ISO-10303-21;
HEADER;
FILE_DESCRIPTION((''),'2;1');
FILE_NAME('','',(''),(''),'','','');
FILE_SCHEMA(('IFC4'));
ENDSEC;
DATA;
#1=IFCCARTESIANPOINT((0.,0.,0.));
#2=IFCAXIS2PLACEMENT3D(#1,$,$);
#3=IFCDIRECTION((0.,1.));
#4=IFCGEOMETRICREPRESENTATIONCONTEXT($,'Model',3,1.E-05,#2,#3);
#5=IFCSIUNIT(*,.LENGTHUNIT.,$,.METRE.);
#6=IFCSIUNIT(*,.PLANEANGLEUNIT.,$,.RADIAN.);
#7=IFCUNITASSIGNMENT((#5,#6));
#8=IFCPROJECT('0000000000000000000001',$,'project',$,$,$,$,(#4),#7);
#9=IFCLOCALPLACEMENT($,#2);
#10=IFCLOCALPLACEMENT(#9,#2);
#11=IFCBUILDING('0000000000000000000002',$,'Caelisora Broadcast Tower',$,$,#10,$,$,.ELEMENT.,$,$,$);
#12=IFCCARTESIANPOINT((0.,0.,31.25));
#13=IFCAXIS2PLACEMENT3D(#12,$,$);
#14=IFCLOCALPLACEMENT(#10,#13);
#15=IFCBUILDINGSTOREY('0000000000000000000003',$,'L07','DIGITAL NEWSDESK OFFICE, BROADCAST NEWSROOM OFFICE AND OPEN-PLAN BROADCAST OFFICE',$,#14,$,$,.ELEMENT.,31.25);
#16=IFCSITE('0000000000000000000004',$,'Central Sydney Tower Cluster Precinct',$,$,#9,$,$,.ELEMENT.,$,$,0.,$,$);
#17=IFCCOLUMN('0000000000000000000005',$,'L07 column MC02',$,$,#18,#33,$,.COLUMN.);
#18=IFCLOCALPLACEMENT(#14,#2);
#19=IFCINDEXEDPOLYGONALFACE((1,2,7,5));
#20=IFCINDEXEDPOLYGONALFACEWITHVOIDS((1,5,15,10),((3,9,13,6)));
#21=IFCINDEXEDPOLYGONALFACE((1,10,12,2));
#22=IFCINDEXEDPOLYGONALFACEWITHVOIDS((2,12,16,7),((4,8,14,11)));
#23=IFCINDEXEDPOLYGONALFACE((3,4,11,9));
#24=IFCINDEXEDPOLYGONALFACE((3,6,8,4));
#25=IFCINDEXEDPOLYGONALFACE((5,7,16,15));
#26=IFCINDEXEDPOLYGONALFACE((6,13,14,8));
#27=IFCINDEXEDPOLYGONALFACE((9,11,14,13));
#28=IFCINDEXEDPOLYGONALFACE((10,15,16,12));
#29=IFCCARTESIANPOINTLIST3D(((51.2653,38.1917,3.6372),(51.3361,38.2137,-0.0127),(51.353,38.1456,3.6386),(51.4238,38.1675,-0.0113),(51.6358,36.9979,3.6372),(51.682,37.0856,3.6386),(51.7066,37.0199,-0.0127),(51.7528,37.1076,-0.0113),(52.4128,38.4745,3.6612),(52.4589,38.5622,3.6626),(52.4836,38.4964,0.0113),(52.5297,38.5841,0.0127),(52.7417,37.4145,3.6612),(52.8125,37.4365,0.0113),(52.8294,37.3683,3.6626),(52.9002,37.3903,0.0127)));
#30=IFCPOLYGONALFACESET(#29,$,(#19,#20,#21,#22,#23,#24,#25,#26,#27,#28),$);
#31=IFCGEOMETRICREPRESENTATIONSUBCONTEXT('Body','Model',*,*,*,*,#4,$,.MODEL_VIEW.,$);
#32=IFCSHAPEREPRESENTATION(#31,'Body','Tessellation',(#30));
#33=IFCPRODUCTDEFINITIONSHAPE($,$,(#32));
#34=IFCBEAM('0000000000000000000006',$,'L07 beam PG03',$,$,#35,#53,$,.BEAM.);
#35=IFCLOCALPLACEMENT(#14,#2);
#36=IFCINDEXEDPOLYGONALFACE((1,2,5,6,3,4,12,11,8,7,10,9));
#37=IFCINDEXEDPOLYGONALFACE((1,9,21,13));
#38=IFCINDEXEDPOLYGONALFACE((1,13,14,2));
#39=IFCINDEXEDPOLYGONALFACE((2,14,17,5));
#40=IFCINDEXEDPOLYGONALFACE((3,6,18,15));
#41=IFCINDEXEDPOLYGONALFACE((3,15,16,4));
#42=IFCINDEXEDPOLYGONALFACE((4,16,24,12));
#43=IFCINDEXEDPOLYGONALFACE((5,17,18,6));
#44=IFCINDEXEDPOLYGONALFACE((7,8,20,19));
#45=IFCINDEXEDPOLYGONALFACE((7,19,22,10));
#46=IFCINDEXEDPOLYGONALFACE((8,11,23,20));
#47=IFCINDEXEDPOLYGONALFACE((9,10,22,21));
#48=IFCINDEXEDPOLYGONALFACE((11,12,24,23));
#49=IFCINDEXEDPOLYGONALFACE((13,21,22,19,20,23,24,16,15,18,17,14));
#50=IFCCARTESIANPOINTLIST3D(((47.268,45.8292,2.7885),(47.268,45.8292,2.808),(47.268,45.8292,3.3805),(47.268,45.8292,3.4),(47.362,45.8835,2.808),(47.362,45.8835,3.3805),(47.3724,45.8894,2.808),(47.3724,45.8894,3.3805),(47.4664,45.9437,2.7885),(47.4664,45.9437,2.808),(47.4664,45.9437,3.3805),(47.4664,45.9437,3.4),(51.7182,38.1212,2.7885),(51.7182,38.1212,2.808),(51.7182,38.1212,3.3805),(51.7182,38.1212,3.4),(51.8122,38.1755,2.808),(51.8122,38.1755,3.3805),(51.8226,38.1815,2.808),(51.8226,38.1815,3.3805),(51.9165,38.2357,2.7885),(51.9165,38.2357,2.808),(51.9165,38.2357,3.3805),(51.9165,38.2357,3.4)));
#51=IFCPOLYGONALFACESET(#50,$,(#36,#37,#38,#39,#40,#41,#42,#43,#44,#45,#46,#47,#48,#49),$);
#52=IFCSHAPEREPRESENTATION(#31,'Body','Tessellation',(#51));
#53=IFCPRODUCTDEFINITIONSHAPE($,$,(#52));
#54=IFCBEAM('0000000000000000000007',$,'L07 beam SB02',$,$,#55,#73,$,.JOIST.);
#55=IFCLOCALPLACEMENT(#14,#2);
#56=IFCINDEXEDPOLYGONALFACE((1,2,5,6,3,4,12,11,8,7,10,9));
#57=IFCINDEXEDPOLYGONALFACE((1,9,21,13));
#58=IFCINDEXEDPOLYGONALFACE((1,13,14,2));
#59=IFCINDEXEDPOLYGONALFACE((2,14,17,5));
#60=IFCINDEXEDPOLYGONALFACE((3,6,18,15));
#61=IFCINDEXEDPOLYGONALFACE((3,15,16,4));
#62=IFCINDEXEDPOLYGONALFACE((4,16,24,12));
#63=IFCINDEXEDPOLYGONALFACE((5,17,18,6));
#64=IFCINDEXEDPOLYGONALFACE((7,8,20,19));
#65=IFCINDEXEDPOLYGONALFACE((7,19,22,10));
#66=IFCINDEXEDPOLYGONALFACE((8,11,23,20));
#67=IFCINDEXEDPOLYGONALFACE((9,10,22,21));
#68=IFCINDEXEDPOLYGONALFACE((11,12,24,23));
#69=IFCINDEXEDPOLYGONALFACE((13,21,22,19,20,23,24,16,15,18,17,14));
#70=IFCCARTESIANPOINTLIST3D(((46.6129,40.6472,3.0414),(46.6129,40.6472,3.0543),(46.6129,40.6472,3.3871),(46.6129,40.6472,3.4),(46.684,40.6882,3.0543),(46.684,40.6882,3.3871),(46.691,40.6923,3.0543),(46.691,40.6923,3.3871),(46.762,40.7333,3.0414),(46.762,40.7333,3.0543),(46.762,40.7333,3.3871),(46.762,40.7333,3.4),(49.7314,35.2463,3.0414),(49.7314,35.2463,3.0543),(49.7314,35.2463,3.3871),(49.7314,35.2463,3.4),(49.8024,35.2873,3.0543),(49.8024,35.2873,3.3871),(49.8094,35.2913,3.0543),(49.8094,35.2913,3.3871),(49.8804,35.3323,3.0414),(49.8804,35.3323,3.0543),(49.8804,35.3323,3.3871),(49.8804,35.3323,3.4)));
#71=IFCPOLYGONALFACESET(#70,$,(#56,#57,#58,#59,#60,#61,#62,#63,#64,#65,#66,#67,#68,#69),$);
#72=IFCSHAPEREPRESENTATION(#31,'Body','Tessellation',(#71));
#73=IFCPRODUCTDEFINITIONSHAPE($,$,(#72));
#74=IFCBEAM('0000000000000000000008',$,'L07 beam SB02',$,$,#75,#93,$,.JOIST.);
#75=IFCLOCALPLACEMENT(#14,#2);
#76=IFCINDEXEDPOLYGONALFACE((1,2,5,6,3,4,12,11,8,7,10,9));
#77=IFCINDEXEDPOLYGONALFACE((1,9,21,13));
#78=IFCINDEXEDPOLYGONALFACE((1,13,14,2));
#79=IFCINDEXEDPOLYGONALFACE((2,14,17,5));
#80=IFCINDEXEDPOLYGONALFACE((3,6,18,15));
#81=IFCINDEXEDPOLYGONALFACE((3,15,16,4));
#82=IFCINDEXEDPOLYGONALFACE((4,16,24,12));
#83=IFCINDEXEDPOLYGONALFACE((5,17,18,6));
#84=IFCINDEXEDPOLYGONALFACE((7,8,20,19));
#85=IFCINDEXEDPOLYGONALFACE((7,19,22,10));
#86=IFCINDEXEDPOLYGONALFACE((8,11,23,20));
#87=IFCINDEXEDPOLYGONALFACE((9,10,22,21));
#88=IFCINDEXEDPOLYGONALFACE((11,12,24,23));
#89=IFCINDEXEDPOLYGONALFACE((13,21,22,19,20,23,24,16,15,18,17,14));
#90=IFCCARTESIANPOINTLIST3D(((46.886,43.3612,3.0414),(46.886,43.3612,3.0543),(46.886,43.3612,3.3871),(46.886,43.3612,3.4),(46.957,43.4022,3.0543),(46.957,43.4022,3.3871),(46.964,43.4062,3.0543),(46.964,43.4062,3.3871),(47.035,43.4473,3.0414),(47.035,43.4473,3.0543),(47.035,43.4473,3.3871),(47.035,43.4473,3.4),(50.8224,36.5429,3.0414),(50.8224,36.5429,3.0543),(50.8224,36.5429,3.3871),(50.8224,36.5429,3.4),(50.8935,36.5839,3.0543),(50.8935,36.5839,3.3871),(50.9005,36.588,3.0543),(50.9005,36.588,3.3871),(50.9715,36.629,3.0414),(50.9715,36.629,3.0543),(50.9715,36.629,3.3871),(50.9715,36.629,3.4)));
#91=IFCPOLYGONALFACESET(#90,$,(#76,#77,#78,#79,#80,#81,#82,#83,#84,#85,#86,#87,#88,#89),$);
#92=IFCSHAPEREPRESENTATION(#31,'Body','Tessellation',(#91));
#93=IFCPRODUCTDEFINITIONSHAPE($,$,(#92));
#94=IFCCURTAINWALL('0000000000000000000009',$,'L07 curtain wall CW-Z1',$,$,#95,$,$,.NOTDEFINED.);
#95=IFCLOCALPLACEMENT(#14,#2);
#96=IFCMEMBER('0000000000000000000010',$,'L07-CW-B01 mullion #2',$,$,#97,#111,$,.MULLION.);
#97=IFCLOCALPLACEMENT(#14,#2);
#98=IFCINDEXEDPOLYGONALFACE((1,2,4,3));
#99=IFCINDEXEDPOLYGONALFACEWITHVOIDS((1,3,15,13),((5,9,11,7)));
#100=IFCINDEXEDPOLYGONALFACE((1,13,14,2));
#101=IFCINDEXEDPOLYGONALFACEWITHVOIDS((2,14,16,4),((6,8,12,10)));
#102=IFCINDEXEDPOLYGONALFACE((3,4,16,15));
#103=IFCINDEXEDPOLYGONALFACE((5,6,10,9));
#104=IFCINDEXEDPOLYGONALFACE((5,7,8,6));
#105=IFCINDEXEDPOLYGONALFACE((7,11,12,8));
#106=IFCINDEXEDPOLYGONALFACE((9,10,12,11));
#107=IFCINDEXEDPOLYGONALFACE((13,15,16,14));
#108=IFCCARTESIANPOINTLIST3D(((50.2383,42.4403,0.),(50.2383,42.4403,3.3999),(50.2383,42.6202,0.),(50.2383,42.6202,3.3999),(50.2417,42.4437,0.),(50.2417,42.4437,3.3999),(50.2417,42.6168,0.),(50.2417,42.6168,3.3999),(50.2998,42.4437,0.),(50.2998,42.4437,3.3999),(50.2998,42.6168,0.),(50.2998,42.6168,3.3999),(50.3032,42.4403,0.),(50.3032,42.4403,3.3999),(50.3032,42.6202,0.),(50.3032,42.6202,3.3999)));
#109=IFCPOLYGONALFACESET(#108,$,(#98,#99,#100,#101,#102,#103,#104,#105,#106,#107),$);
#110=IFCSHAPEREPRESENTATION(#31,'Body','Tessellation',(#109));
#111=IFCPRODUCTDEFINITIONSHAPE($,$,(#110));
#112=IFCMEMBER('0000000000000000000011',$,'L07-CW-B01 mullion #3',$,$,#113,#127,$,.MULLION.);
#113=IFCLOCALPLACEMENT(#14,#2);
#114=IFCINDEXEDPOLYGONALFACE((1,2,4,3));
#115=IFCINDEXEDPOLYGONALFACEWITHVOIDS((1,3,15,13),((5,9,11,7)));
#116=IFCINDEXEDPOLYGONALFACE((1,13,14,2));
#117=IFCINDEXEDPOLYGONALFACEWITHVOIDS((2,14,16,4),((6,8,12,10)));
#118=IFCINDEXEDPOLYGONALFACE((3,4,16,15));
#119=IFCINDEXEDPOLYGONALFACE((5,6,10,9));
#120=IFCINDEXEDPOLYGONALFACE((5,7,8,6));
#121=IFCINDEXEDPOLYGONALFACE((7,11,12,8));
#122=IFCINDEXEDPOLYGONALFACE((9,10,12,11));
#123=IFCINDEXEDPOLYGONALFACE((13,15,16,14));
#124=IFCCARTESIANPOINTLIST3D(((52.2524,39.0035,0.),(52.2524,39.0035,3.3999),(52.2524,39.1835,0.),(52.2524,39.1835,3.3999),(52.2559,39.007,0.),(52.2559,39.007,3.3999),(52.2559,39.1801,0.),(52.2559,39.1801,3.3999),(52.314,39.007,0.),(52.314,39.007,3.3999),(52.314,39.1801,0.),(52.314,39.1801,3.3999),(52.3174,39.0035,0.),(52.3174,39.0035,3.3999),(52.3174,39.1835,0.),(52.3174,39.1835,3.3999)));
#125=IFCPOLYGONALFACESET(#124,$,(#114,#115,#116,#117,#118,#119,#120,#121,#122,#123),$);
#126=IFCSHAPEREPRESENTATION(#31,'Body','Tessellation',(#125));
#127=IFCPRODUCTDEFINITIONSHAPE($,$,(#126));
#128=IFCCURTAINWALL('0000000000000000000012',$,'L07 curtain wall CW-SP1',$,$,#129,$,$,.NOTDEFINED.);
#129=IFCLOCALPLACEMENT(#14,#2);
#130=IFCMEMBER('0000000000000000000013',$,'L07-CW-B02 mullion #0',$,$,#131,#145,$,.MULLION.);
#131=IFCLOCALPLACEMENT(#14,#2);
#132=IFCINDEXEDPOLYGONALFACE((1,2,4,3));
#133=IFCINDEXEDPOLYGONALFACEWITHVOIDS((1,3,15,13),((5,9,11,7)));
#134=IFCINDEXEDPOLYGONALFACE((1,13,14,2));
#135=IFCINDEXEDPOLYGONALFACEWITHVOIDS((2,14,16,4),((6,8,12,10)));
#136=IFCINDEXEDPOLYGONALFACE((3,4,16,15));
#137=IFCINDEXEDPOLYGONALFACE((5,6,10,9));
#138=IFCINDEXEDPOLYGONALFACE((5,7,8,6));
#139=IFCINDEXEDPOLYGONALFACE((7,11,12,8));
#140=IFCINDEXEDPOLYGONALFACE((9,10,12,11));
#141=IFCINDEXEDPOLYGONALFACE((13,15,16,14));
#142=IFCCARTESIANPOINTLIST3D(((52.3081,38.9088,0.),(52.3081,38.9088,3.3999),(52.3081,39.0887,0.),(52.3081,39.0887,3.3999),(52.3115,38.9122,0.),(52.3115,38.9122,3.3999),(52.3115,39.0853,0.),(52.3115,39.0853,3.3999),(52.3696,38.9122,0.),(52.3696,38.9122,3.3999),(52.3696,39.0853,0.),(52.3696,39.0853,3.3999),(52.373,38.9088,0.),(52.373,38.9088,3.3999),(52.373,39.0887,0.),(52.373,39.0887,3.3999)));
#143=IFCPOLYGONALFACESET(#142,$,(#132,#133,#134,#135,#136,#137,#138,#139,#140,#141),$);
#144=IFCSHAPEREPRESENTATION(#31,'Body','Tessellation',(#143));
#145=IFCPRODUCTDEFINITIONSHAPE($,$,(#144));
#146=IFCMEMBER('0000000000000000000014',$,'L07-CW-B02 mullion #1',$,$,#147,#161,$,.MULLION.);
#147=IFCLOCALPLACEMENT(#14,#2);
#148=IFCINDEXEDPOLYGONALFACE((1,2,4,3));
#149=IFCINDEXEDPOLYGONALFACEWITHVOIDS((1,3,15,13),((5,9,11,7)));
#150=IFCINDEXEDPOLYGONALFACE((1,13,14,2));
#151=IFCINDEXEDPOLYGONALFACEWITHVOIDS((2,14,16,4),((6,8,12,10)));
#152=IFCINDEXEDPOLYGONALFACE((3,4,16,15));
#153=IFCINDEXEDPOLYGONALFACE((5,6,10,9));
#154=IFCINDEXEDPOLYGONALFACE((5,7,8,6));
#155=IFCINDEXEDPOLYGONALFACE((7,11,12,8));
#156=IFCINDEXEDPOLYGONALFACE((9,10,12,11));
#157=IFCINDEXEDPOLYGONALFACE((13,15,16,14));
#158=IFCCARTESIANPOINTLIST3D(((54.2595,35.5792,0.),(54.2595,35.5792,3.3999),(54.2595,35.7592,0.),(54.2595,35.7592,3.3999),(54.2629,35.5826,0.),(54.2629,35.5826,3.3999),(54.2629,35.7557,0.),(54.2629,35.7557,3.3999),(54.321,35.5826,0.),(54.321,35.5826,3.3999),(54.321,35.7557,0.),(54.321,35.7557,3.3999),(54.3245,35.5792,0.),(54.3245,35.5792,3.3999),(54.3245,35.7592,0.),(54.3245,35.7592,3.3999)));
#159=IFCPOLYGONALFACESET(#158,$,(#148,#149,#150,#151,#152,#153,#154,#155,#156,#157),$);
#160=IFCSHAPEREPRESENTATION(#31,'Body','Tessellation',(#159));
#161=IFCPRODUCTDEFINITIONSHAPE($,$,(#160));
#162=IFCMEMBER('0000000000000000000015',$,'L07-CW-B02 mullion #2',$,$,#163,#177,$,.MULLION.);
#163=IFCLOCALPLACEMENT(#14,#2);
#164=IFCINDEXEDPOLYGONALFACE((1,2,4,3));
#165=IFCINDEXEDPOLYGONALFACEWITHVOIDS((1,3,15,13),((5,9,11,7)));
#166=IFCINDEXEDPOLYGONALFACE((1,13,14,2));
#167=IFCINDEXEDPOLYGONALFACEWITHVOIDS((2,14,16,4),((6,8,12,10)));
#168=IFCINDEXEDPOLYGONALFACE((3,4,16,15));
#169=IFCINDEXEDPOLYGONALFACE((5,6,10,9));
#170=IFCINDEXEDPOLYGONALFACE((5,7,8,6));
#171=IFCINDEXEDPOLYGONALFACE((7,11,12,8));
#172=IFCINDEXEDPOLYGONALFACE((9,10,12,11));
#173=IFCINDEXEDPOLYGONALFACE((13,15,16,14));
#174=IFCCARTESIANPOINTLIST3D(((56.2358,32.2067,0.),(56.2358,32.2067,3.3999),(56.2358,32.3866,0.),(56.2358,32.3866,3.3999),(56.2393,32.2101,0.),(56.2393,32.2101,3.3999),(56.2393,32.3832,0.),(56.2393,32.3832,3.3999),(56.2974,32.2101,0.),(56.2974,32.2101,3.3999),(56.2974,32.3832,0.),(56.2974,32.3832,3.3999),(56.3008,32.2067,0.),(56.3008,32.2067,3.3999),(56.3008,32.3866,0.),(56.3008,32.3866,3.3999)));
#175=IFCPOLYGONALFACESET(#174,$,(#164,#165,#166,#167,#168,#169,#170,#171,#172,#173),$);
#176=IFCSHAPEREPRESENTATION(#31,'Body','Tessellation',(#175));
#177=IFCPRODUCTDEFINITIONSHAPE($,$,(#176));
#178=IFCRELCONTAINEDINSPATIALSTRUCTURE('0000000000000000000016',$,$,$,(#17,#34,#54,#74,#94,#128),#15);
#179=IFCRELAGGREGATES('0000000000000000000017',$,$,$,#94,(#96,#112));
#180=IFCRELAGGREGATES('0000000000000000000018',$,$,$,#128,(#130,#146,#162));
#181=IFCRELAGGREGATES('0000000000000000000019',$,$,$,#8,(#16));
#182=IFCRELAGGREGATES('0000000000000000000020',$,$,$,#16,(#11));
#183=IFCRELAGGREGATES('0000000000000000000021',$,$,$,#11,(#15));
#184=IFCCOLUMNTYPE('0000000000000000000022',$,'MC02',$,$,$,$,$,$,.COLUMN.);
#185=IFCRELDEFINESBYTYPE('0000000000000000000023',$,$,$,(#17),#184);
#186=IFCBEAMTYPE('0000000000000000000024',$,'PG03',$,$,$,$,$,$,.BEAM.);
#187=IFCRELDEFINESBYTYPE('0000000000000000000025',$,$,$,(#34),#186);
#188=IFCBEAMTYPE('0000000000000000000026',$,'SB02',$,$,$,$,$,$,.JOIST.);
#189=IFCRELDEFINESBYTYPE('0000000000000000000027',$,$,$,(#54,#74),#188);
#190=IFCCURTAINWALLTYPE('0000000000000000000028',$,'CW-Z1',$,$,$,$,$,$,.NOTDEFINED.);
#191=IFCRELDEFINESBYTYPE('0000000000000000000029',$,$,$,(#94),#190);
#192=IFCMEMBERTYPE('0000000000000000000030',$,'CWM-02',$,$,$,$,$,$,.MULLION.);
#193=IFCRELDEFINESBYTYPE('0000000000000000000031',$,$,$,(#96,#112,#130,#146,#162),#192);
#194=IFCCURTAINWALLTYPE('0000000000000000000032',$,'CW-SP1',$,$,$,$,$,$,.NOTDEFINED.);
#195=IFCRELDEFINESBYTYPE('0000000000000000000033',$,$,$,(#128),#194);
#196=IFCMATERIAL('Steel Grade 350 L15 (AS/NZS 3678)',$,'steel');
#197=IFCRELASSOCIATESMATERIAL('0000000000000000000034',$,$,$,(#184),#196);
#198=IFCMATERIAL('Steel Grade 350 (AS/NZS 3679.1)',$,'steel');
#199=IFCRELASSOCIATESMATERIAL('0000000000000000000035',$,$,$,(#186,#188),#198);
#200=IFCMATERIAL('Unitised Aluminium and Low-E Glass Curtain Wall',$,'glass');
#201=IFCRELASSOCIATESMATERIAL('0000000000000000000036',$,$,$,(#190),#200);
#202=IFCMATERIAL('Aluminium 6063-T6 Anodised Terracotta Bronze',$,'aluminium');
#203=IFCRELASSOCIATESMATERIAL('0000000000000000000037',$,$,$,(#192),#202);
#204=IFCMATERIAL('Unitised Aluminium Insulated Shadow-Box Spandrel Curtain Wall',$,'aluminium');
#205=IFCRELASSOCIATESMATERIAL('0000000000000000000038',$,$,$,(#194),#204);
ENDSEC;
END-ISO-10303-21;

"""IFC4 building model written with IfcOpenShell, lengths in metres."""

from ifc_helpers import new_model, si_unit, direction, frame, origin, origin_2d, place, context, subcontext, project, spatial, hollow_rectangle, i_section, extrude, source, transform, mapped, material, material_profile, profile_set, type_object, type_shapes, element, aggregate, save


model = new_model("IFC4")

# Units and contexts
model_context = context("Model", 3, precision=1e-05, world=origin(), true_north=direction((0.0, 1.0)))
body_context = subcontext(model_context, "Body", "Model", "MODEL_VIEW")
ifc_project = project(units=[si_unit("LENGTHUNIT", "METRE"), si_unit("PLANEANGLEUNIT", "RADIAN")], contexts=[model_context])

# Site, building, storey
site_placement = place(None, origin())
site = spatial("IfcSite", under=ifc_project, at=site_placement, Name="Central Sydney Tower Cluster Precinct", CompositionType="ELEMENT", RefElevation=0.0)
building_placement = place(site_placement, origin())
building = spatial("IfcBuilding", under=site, at=building_placement, Name="Caelisora Broadcast Tower", CompositionType="ELEMENT")
storey_placement = place(building_placement, frame((0.0, 0.0, 31.25)))
storey = spatial("IfcBuildingStorey", under=building, at=storey_placement, Name="L07", Description="DIGITAL NEWSDESK OFFICE, BROADCAST NEWSROOM OFFICE AND OPEN-PLAN BROADCAST OFFICE", CompositionType="ELEMENT", Elevation=31.25)

# Column
ifc_material_1 = material(Name="Steel Grade 350 L15 (AS/NZS 3678)", Category="steel")
ifc_material_profile_1 = material_profile(ifc_material_1, hollow_rectangle(XDim=1.25, YDim=1.25, WallThickness=0.0701, at=origin_2d()), Name="Steel Grade 350 L15 (AS/NZS 3678)")
ifc_profile_set_1 = profile_set([ifc_material_profile_1], Name="Steel Grade 350 L15 (AS/NZS 3678)")
column_type = type_object("IfcColumnType", Name="MC02", PredefinedType="COLUMN", material=ifc_profile_set_1)
shared_shape_1 = source(origin(), body_context, "Body", "SweptSolid", [
    extrude(hollow_rectangle(XDim=1.25, YDim=1.25, WallThickness=0.0701, at=origin_2d()), origin(), (0.0, 0.0, 1.0), 3.6506),
])
type_shapes(column_type, [shared_shape_1])
column_placement = place(storey_placement, frame((52.1182, 37.802, 0.0), z_axis=(-0.019394, -0.006019, 0.999794), x_axis=(0.296399, -0.955064, 0.0)))
element("IfcColumn", 1, at=column_placement, inside=storey, type_object=column_type, Name="L07 column MC02", PredefinedType="COLUMN", context=body_context, shape_type="MappedRepresentation", body=[
    mapped(shared_shape_1, transform((0.0, 0.0, 0.0), scale=1.0)),
])

# Beams
ifc_material_2 = material(Name="Steel Grade 350 (AS/NZS 3679.1)", Category="steel")
ifc_material_profile_2 = material_profile(ifc_material_2, i_section(OverallWidth=0.229, OverallDepth=0.6116, WebThickness=0.012, FlangeThickness=0.0195, at=origin_2d()), Name="Steel Grade 350 (AS/NZS 3679.1)")
ifc_profile_set_2 = profile_set([ifc_material_profile_2], Name="Steel Grade 350 (AS/NZS 3679.1)")
beam_type_1 = type_object("IfcBeamType", Name="PG03", PredefinedType="BEAM", material=ifc_profile_set_2)
shared_shape_2 = source(origin(), body_context, "Body", "SweptSolid", [
    extrude(i_section(OverallWidth=0.229, OverallDepth=0.6116, WebThickness=0.012, FlangeThickness=0.0195, at=origin_2d()), origin(), (0.0, 0.0, 1.0), 8.9004),
])
type_shapes(beam_type_1, [shared_shape_2])
beam_1_placement = place(storey_placement, frame((51.8174, 38.1785, 3.0942), z_axis=(-0.499998, 0.866027, 0.0), x_axis=(-0.866027, -0.499998, 0.0)))
element("IfcBeam", 2, at=beam_1_placement, inside=storey, type_object=beam_type_1, Name="L07 beam PG03", PredefinedType="BEAM", context=body_context, shape_type="MappedRepresentation", body=[
    mapped(shared_shape_2, transform((0.0, 0.0, 0.0), scale=1.0)),
])
ifc_material_profile_3 = material_profile(ifc_material_2, i_section(OverallWidth=0.1721, OverallDepth=0.3586, WebThickness=0.0081, FlangeThickness=0.0129, at=origin_2d()), Name="Steel Grade 350 (AS/NZS 3679.1)")
ifc_profile_set_3 = profile_set([ifc_material_profile_3], Name="Steel Grade 350 (AS/NZS 3679.1)")
beam_type_2 = type_object("IfcBeamType", Name="SB02", PredefinedType="JOIST", material=ifc_profile_set_3)
shared_shape_3 = source(origin(), body_context, "Body", "SweptSolid", [
    extrude(i_section(OverallWidth=0.1721, OverallDepth=0.3586, WebThickness=0.0081, FlangeThickness=0.0129, at=origin_2d()), origin(), (0.0, 0.0, 1.0), 6.2366),
])
beam_2_placement = place(storey_placement, frame((49.8059, 35.2893, 3.2207), z_axis=(-0.500025, 0.866011, 0.0), x_axis=(-0.866011, -0.500025, 0.0)))
element("IfcBeam", 3, at=beam_2_placement, inside=storey, type_object=beam_type_2, Name="L07 beam SB02", PredefinedType="JOIST", context=body_context, shape_type="MappedRepresentation", body=[
    mapped(shared_shape_3, transform((0.0, 0.0, 0.0), scale=1.0)),
])
shared_shape_4 = source(origin(), body_context, "Body", "SweptSolid", [
    extrude(i_section(OverallWidth=0.1721, OverallDepth=0.3586, WebThickness=0.0081, FlangeThickness=0.0129, at=origin_2d()), origin(), (0.0, 0.0, 1.0), 7.873),
])
type_shapes(beam_type_2, [shared_shape_3, shared_shape_4])
beam_3_placement = place(storey_placement, frame((50.897, 36.5859, 3.2207), z_axis=(-0.499994, 0.866029, 0.0), x_axis=(-0.866029, -0.499994, 0.0)))
element("IfcBeam", 4, at=beam_3_placement, inside=storey, type_object=beam_type_2, Name="L07 beam SB02", PredefinedType="JOIST", context=body_context, shape_type="MappedRepresentation", body=[
    mapped(shared_shape_4, transform((0.0, 0.0, 0.0), scale=1.0)),
])

# Curtain walls, members
ifc_material_3 = material(Name="Unitised Aluminium and Low-E Glass Curtain Wall", Category="glass")
curtain_wall_type_1 = type_object("IfcCurtainWallType", Name="CW-Z1", PredefinedType="NOTDEFINED", material=ifc_material_3)
curtain_wall_1_placement = place(storey_placement, origin())
curtain_wall_1 = element("IfcCurtainWall", 5, at=curtain_wall_1_placement, inside=storey, type_object=curtain_wall_type_1, Name="L07 curtain wall CW-Z1", PredefinedType="NOTDEFINED")
ifc_material_4 = material(Name="Aluminium 6063-T6 Anodised Terracotta Bronze", Category="aluminium")
ifc_material_profile_4 = material_profile(ifc_material_4, hollow_rectangle(XDim=0.0649, YDim=0.1799, WallThickness=0.0034, at=origin_2d()), Name="Aluminium 6063-T6 Anodised Terracotta Bronze")
ifc_profile_set_4 = profile_set([ifc_material_profile_4], Name="Aluminium 6063-T6 Anodised Terracotta Bronze")
member_type_1 = type_object("IfcMemberType", Name="CWM-02", PredefinedType="MULLION", material=ifc_profile_set_4)
shared_shape_5 = source(origin(), body_context, "Body", "SweptSolid", [
    extrude(hollow_rectangle(XDim=0.0649, YDim=0.1799, WallThickness=0.0034, at=origin_2d()), origin(), (0.0, 0.0, 1.0), 3.3999),
])
type_shapes(member_type_1, [shared_shape_5])
member_1_placement = place(storey_placement, frame((50.2708, 42.5303, 0.0), z_axis=(0.0, 0.0, 1.0), x_axis=(1.0, 0.0, 0.0)))
member_1 = element("IfcMember", 6, at=member_1_placement, type_object=member_type_1, Name="L07-CW-B01 mullion #2", PredefinedType="MULLION", context=body_context, shape_type="MappedRepresentation", body=[
    mapped(shared_shape_5, transform((0.0, 0.0, 0.0), scale=1.0)),
])
member_2_placement = place(storey_placement, frame((52.2849, 39.0935, 0.0), z_axis=(0.0, 0.0, 1.0), x_axis=(1.0, 0.0, 0.0)))
member_2 = element("IfcMember", 7, at=member_2_placement, type_object=member_type_1, Name="L07-CW-B01 mullion #3", PredefinedType="MULLION", context=body_context, shape_type="MappedRepresentation", body=[
    mapped(shared_shape_5, transform((0.0, 0.0, 0.0), scale=1.0)),
])
ifc_material_5 = material(Name="Unitised Aluminium Insulated Shadow-Box Spandrel Curtain Wall", Category="aluminium")
curtain_wall_type_2 = type_object("IfcCurtainWallType", Name="CW-SP1", PredefinedType="NOTDEFINED", material=ifc_material_5)
curtain_wall_2_placement = place(storey_placement, origin())
curtain_wall_2 = element("IfcCurtainWall", 8, at=curtain_wall_2_placement, inside=storey, type_object=curtain_wall_type_2, Name="L07 curtain wall CW-SP1", PredefinedType="NOTDEFINED")
member_3_placement = place(storey_placement, frame((52.3406, 38.9988, 0.0), z_axis=(0.0, 0.0, 1.0), x_axis=(1.0, 0.0, 0.0)))
member_3 = element("IfcMember", 9, at=member_3_placement, type_object=member_type_1, Name="L07-CW-B02 mullion #0", PredefinedType="MULLION", context=body_context, shape_type="MappedRepresentation", body=[
    mapped(shared_shape_5, transform((0.0, 0.0, 0.0), scale=1.0)),
])
member_4_placement = place(storey_placement, frame((54.292, 35.6692, 0.0), z_axis=(0.0, 0.0, 1.0), x_axis=(1.0, 0.0, 0.0)))
member_4 = element("IfcMember", 10, at=member_4_placement, type_object=member_type_1, Name="L07-CW-B02 mullion #1", PredefinedType="MULLION", context=body_context, shape_type="MappedRepresentation", body=[
    mapped(shared_shape_5, transform((0.0, 0.0, 0.0), scale=1.0)),
])
member_5_placement = place(storey_placement, frame((56.2683, 32.2966, 0.0), z_axis=(0.0, 0.0, 1.0), x_axis=(1.0, 0.0, 0.0)))
member_5 = element("IfcMember", 11, at=member_5_placement, type_object=member_type_1, Name="L07-CW-B02 mullion #2", PredefinedType="MULLION", context=body_context, shape_type="MappedRepresentation", body=[
    mapped(shared_shape_5, transform((0.0, 0.0, 0.0), scale=1.0)),
])

aggregate(curtain_wall_1, [member_1, member_2])
aggregate(curtain_wall_2, [member_3, member_4, member_5])

save(model, "model.ifc")
